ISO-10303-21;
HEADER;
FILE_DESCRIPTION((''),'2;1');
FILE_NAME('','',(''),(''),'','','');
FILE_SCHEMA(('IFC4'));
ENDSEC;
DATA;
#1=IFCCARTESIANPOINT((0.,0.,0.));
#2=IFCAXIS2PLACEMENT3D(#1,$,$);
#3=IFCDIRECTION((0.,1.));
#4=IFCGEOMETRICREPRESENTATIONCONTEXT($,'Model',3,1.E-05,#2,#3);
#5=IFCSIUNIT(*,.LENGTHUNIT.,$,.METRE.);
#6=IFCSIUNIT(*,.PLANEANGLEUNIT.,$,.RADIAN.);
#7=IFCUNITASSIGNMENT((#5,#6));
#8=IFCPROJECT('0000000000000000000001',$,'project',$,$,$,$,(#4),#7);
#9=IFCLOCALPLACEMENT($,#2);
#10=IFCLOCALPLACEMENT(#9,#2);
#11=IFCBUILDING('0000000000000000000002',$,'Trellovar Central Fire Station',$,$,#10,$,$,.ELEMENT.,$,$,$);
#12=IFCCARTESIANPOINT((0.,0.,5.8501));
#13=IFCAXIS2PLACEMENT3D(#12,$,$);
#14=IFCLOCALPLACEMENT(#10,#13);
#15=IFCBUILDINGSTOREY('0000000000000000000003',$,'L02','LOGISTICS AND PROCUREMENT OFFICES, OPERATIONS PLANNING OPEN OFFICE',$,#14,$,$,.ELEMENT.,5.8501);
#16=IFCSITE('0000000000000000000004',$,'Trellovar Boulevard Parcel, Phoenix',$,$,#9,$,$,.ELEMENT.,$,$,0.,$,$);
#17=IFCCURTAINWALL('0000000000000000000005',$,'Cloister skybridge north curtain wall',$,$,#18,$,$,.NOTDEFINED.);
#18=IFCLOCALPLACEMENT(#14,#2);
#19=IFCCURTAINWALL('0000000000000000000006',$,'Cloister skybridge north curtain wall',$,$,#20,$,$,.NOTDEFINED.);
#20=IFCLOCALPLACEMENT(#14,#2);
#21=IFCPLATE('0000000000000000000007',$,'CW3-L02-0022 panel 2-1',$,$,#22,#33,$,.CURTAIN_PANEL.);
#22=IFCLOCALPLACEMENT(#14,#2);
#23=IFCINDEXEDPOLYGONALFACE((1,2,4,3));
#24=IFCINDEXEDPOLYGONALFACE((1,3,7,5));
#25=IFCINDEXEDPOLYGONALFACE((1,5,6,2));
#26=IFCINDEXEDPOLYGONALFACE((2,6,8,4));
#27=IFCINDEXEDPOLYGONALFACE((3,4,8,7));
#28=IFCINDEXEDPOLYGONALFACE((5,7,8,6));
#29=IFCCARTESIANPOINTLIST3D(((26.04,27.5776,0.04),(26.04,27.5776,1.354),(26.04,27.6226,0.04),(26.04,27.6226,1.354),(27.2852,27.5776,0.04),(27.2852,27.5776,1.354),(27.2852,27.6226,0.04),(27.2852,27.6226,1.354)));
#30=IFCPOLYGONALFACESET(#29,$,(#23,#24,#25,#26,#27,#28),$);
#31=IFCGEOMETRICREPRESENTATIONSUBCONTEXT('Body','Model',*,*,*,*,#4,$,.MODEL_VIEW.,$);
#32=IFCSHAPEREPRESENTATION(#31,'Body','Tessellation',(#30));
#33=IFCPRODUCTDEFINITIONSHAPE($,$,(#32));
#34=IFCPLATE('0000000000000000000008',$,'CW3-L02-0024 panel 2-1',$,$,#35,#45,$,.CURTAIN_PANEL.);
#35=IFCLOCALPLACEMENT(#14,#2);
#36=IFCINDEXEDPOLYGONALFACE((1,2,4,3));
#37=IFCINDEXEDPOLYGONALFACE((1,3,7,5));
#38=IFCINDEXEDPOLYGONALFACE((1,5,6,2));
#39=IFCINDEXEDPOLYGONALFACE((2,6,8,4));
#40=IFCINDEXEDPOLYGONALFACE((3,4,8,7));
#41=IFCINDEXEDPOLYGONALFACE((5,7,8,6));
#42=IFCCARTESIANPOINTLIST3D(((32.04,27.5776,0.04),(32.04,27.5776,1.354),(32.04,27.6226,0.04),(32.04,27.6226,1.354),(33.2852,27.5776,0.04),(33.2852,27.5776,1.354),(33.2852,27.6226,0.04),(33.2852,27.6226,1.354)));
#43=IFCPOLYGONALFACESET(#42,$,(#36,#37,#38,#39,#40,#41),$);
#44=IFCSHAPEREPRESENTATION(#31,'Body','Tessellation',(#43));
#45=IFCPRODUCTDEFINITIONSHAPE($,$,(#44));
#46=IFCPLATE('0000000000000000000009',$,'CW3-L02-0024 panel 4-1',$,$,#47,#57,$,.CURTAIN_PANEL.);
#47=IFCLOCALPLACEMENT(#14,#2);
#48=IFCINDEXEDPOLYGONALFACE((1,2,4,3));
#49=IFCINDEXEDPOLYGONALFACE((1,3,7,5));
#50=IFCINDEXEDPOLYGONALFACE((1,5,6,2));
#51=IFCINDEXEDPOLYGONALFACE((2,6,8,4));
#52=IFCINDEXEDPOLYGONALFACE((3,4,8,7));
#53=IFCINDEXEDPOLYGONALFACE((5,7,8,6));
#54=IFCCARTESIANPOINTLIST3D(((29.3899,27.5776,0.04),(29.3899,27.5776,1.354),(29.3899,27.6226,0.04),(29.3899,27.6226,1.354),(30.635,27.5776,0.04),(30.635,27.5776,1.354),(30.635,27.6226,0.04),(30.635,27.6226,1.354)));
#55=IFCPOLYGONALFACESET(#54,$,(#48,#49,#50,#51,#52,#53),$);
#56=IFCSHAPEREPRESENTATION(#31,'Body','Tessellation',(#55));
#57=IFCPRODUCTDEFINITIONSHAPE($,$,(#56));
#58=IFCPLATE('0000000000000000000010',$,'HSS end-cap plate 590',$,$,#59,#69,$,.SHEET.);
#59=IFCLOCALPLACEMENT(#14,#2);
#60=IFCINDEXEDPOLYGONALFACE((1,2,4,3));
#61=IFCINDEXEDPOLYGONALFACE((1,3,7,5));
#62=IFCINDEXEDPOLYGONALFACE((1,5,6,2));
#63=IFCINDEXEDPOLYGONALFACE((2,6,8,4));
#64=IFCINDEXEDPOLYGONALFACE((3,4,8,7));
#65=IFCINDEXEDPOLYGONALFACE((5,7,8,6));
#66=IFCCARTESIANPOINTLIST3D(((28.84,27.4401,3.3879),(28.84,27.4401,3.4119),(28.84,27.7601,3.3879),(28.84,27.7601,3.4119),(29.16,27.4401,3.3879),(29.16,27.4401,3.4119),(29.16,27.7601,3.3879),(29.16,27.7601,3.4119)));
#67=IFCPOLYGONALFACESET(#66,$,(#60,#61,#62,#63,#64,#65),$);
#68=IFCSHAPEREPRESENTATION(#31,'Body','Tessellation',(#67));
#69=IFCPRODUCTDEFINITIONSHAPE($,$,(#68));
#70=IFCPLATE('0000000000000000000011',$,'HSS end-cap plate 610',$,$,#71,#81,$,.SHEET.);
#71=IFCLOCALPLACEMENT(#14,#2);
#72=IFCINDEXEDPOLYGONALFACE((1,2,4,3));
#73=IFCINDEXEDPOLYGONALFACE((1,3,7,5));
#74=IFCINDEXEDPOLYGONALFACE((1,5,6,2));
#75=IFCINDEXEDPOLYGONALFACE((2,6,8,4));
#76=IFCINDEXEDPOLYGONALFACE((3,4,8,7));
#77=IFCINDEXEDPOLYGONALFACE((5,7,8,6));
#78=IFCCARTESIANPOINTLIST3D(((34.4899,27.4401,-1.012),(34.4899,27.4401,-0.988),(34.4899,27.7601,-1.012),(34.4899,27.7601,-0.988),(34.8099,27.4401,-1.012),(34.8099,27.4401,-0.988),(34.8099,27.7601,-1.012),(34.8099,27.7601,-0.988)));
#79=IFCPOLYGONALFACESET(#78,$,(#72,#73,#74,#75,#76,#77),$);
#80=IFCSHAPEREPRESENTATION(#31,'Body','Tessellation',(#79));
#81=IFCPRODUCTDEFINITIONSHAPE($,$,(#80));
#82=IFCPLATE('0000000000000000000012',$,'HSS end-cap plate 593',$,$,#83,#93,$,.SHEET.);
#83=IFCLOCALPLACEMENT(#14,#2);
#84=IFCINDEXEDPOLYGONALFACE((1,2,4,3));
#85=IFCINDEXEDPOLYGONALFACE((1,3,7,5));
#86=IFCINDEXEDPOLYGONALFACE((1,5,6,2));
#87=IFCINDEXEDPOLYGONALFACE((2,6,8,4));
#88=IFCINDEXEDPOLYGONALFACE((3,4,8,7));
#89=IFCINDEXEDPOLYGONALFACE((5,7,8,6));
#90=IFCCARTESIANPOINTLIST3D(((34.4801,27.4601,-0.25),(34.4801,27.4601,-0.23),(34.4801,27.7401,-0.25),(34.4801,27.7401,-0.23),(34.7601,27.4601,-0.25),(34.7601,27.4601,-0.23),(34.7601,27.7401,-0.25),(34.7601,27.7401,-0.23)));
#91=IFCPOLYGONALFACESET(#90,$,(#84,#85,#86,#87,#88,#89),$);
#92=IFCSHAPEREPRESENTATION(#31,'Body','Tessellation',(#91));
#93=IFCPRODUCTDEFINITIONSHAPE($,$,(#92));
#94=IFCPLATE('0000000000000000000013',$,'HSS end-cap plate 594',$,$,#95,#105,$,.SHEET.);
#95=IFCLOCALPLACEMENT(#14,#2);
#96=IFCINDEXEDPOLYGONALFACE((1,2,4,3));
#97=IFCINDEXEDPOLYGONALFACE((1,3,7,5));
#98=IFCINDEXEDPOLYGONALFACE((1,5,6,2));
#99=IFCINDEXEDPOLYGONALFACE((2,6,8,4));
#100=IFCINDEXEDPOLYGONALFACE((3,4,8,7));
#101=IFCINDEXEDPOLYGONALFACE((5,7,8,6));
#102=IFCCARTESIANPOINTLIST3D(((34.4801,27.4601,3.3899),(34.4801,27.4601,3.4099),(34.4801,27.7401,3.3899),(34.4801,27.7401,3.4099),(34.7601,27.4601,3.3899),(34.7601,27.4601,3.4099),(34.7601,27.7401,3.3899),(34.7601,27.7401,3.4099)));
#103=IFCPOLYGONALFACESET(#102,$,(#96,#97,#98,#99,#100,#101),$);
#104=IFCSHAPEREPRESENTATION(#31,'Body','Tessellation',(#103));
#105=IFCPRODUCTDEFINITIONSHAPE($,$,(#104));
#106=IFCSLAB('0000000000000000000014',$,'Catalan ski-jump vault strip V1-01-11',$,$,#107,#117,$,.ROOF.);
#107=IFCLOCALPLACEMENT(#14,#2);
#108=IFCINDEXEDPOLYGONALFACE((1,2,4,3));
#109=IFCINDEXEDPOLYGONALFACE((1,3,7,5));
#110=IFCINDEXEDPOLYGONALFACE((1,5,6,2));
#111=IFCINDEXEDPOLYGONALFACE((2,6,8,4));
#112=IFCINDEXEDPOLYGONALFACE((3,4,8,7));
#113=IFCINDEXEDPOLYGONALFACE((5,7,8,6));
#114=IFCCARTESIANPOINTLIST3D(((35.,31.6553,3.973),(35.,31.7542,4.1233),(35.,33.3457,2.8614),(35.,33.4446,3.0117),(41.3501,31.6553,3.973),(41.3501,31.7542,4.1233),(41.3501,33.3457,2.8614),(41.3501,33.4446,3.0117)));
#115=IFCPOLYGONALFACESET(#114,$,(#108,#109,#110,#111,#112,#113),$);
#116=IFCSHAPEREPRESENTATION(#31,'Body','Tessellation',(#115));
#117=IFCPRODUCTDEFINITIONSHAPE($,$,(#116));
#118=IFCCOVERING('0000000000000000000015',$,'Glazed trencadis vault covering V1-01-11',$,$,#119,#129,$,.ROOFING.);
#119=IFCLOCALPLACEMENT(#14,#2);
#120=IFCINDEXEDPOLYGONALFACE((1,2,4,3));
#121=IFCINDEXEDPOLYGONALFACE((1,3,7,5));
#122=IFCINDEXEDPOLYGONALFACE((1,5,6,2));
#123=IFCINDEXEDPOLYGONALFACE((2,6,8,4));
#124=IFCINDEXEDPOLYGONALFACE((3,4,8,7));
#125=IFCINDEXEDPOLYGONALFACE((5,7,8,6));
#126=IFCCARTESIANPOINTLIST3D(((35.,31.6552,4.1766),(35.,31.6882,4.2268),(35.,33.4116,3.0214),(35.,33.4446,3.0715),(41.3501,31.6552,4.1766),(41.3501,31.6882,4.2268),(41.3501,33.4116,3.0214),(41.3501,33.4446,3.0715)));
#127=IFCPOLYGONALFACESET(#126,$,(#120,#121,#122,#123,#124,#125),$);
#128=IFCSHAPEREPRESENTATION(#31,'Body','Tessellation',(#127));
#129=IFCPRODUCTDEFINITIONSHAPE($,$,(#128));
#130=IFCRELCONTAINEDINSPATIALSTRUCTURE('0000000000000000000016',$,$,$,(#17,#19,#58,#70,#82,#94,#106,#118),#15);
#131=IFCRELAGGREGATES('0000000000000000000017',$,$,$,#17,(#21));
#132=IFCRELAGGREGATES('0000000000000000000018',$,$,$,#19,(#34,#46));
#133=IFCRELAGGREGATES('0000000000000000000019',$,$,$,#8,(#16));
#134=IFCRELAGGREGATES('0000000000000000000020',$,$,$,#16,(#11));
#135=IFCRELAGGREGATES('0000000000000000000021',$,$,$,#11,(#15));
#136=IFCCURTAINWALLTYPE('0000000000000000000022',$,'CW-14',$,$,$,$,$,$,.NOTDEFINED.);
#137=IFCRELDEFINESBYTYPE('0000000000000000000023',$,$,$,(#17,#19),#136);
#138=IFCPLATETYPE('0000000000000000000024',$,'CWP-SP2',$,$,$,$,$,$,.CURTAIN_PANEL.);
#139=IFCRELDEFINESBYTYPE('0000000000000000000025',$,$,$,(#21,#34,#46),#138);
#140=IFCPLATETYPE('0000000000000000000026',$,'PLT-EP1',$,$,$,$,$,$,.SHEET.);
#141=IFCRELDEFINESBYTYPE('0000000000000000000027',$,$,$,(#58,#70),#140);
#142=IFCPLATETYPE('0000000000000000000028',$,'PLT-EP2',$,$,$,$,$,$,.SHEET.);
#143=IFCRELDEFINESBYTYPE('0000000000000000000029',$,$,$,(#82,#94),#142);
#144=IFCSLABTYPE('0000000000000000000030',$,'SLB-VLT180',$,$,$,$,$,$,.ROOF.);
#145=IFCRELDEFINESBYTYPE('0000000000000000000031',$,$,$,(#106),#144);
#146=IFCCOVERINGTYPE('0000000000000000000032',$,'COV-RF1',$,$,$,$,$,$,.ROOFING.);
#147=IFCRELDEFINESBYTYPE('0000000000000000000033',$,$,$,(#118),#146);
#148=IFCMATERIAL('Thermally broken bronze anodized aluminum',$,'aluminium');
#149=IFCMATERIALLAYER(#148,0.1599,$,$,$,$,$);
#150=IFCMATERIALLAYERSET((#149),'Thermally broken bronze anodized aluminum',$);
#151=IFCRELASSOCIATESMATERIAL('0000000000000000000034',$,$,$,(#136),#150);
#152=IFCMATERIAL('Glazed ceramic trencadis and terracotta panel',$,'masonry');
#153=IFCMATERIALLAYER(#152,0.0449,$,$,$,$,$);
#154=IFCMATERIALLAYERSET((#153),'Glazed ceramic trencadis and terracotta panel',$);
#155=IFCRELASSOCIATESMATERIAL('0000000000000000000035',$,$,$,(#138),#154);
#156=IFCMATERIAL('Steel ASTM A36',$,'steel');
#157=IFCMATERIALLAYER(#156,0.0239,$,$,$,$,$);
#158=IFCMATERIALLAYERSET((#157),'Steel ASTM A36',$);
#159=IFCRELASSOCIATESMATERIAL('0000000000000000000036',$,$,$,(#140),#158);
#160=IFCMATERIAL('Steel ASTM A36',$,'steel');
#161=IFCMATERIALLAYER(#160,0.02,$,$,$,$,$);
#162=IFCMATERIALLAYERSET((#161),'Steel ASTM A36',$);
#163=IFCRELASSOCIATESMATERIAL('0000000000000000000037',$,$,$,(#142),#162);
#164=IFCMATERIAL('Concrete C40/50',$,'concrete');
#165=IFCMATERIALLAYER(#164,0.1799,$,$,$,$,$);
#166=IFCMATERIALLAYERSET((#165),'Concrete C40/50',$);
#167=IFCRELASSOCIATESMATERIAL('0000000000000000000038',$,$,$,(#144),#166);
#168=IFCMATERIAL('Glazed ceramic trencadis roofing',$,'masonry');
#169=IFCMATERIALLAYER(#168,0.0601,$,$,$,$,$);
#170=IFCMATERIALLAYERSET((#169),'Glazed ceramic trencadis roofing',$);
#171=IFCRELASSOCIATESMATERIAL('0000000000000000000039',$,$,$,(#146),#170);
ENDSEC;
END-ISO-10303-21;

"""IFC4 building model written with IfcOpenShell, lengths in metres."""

from ifc_helpers import new_model, si_unit, direction, frame, origin, origin_2d, place, context, subcontext, project, spatial, polyline, rectangle, outline, extrude, material, layer, layer_set, type_object, element, aggregate, save


model = new_model("IFC4")

# Units and contexts
model_context = context("Model", 3, precision=1e-05, world=origin(), true_north=direction((0.0, 1.0)))
body_context = subcontext(model_context, "Body", "Model", "MODEL_VIEW")
ifc_project = project(units=[si_unit("LENGTHUNIT", "METRE"), si_unit("PLANEANGLEUNIT", "RADIAN")], contexts=[model_context])

# Site, building, storey
site_placement = place(None, origin())
site = spatial("IfcSite", under=ifc_project, at=site_placement, Name="Trellovar Boulevard Parcel, Phoenix", CompositionType="ELEMENT", RefElevation=0.0)
building_placement = place(site_placement, origin())
building = spatial("IfcBuilding", under=site, at=building_placement, Name="Trellovar Central Fire Station", CompositionType="ELEMENT")
storey_placement = place(building_placement, frame((0.0, 0.0, 5.8501)))
storey = spatial("IfcBuildingStorey", under=building, at=storey_placement, Name="L02", Description="LOGISTICS AND PROCUREMENT OFFICES, OPERATIONS PLANNING OPEN OFFICE", CompositionType="ELEMENT", Elevation=5.8501)

# Curtain walls
ifc_material_1 = material(Name="Thermally broken bronze anodized aluminum", Category="aluminium")
ifc_layer_1 = layer(ifc_material_1, 0.1599)
ifc_layer_set_1 = layer_set([ifc_layer_1], Name="Thermally broken bronze anodized aluminum")
curtain_wall_type = type_object("IfcCurtainWallType", Name="CW-14", PredefinedType="NOTDEFINED", material=ifc_layer_set_1)
curtain_wall_1_placement = place(storey_placement, origin())
curtain_wall_1 = element("IfcCurtainWall", 1, at=curtain_wall_1_placement, inside=storey, type_object=curtain_wall_type, Name="Cloister skybridge north curtain wall", PredefinedType="NOTDEFINED")
curtain_wall_2_placement = place(storey_placement, origin())
curtain_wall_2 = element("IfcCurtainWall", 2, at=curtain_wall_2_placement, inside=storey, type_object=curtain_wall_type, Name="Cloister skybridge north curtain wall", PredefinedType="NOTDEFINED")

# Plates
ifc_material_2 = material(Name="Glazed ceramic trencadis and terracotta panel", Category="masonry")
ifc_layer_2 = layer(ifc_material_2, 0.0449)
ifc_layer_set_2 = layer_set([ifc_layer_2], Name="Glazed ceramic trencadis and terracotta panel")
plate_type_1 = type_object("IfcPlateType", Name="CWP-SP2", PredefinedType="CURTAIN_PANEL", material=ifc_layer_set_2)
plate_1_placement = place(storey_placement, frame((26.6626, 27.6001, 0.04), z_axis=(0.0, 0.0, 1.0), x_axis=(-1.0, 0.0, 0.0)))
plate_1 = element("IfcPlate", 3, at=plate_1_placement, type_object=plate_type_1, Name="CW3-L02-0022 panel 2-1", PredefinedType="CURTAIN_PANEL", context=body_context, shape_type="SweptSolid", body=[
    extrude(rectangle(XDim=1.2451, YDim=0.0449, at=origin_2d()), origin(), (0.0, 0.0, 1.0), 1.314),
])
aggregate(curtain_wall_1, [plate_1])
plate_2_placement = place(storey_placement, frame((32.6626, 27.6001, 0.04), z_axis=(0.0, 0.0, 1.0), x_axis=(-1.0, 0.0, 0.0)))
plate_2 = element("IfcPlate", 4, at=plate_2_placement, type_object=plate_type_1, Name="CW3-L02-0024 panel 2-1", PredefinedType="CURTAIN_PANEL", context=body_context, shape_type="SweptSolid", body=[
    extrude(rectangle(XDim=1.2451, YDim=0.0449, at=origin_2d()), origin(), (0.0, 0.0, 1.0), 1.314),
])
plate_3_placement = place(storey_placement, frame((30.0125, 27.6001, 0.04), z_axis=(0.0, 0.0, 1.0), x_axis=(-1.0, 0.0, 0.0)))
plate_3 = element("IfcPlate", 5, at=plate_3_placement, type_object=plate_type_1, Name="CW3-L02-0024 panel 4-1", PredefinedType="CURTAIN_PANEL", context=body_context, shape_type="SweptSolid", body=[
    extrude(rectangle(XDim=1.2451, YDim=0.0449, at=origin_2d()), origin(), (0.0, 0.0, 1.0), 1.314),
])
aggregate(curtain_wall_2, [plate_2, plate_3])

# Plates
ifc_material_3 = material(Name="Steel ASTM A36", Category="steel")
ifc_layer_3 = layer(ifc_material_3, 0.0239)
ifc_layer_set_3 = layer_set([ifc_layer_3], Name="Steel ASTM A36")
plate_type_2 = type_object("IfcPlateType", Name="PLT-EP1", PredefinedType="SHEET", material=ifc_layer_set_3)
for number, where, z_axis, x_axis, name in (
    (6, (29.0, 27.6001, 3.3879), (0.0, 0.0, 1.0), (1.0, 0.0, 0.0), "HSS end-cap plate 590"),
    (7, (34.6499, 27.6001, -1.012), (0.0, 0.0, 1.0), (1.0, 0.0, 0.0), "HSS end-cap plate 610"),
):
    element("IfcPlate", number, at=place(storey_placement, frame(where, z_axis=z_axis, x_axis=x_axis)), inside=storey, type_object=plate_type_2, Name=name, PredefinedType="SHEET", context=body_context, shape_type="SweptSolid", body=[
        extrude(rectangle(XDim=0.3201, YDim=0.3201, at=origin_2d()), origin(), (0.0, 0.0, 1.0), 0.0239),
    ])
ifc_material_4 = material(Name="Steel ASTM A36", Category="steel")
ifc_layer_4 = layer(ifc_material_4, 0.02)
ifc_layer_set_4 = layer_set([ifc_layer_4], Name="Steel ASTM A36")
plate_type_3 = type_object("IfcPlateType", Name="PLT-EP2", PredefinedType="SHEET", material=ifc_layer_set_4)
for number, where, z_axis, x_axis, name in (
    (8, (34.6201, 27.6001, -0.25), (0.0, 0.0, 1.0), (1.0, 0.0, 0.0), "HSS end-cap plate 593"),
    (9, (34.6201, 27.6001, 3.3899), (0.0, 0.0, 1.0), (1.0, 0.0, 0.0), "HSS end-cap plate 594"),
):
    element("IfcPlate", number, at=place(storey_placement, frame(where, z_axis=z_axis, x_axis=x_axis)), inside=storey, type_object=plate_type_3, Name=name, PredefinedType="SHEET", context=body_context, shape_type="SweptSolid", body=[
        extrude(rectangle(XDim=0.28, YDim=0.28, at=origin_2d()), origin(), (0.0, 0.0, 1.0), 0.02),
    ])

# Slab
ifc_material_5 = material(Name="Concrete C40/50", Category="concrete")
ifc_layer_5 = layer(ifc_material_5, 0.1799)
ifc_layer_set_5 = layer_set([ifc_layer_5], Name="Concrete C40/50")
slab_type = type_object("IfcSlabType", Name="SLB-VLT180", PredefinedType="ROOF", material=ifc_layer_set_5)
slab_placement = place(storey_placement, frame((35.0, 31.7542, 4.1233), z_axis=(0.0, 0.549426, 0.835542), x_axis=(1.0, 0.0, 0.0)))
element("IfcSlab", 10, at=slab_placement, inside=storey, type_object=slab_type, Name="Catalan ski-jump vault strip V1-01-11", PredefinedType="ROOF", context=body_context, shape_type="SweptSolid", body=[
    extrude(outline(polyline([(0.0, 0.0), (6.3501, 0.0), (6.3501, 2.0232), (0.0, 2.0232), (0.0, 0.0)])), origin(), (0.0, 0.0, -1.0), 0.1799),
])

# Covering
ifc_material_6 = material(Name="Glazed ceramic trencadis roofing", Category="masonry")
ifc_layer_6 = layer(ifc_material_6, 0.0601)
ifc_layer_set_6 = layer_set([ifc_layer_6], Name="Glazed ceramic trencadis roofing")
covering_type = type_object("IfcCoveringType", Name="COV-RF1", PredefinedType="ROOFING", material=ifc_layer_set_6)
covering_placement = place(storey_placement, frame((35.0, 31.6882, 4.2268), z_axis=(0.0, 0.549544, 0.835465), x_axis=(1.0, 0.0, 0.0)))
element("IfcCovering", 11, at=covering_placement, inside=storey, type_object=covering_type, Name="Glazed trencadis vault covering V1-01-11", PredefinedType="ROOFING", context=body_context, shape_type="SweptSolid", body=[
    extrude(outline(polyline([(0.0, 0.0), (6.3501, 0.0), (6.3501, 2.1022), (0.0, 2.1022), (0.0, 0.0)])), origin(), (0.0, 0.0, -1.0), 0.0601),
])

save(model, "model.ifc")
